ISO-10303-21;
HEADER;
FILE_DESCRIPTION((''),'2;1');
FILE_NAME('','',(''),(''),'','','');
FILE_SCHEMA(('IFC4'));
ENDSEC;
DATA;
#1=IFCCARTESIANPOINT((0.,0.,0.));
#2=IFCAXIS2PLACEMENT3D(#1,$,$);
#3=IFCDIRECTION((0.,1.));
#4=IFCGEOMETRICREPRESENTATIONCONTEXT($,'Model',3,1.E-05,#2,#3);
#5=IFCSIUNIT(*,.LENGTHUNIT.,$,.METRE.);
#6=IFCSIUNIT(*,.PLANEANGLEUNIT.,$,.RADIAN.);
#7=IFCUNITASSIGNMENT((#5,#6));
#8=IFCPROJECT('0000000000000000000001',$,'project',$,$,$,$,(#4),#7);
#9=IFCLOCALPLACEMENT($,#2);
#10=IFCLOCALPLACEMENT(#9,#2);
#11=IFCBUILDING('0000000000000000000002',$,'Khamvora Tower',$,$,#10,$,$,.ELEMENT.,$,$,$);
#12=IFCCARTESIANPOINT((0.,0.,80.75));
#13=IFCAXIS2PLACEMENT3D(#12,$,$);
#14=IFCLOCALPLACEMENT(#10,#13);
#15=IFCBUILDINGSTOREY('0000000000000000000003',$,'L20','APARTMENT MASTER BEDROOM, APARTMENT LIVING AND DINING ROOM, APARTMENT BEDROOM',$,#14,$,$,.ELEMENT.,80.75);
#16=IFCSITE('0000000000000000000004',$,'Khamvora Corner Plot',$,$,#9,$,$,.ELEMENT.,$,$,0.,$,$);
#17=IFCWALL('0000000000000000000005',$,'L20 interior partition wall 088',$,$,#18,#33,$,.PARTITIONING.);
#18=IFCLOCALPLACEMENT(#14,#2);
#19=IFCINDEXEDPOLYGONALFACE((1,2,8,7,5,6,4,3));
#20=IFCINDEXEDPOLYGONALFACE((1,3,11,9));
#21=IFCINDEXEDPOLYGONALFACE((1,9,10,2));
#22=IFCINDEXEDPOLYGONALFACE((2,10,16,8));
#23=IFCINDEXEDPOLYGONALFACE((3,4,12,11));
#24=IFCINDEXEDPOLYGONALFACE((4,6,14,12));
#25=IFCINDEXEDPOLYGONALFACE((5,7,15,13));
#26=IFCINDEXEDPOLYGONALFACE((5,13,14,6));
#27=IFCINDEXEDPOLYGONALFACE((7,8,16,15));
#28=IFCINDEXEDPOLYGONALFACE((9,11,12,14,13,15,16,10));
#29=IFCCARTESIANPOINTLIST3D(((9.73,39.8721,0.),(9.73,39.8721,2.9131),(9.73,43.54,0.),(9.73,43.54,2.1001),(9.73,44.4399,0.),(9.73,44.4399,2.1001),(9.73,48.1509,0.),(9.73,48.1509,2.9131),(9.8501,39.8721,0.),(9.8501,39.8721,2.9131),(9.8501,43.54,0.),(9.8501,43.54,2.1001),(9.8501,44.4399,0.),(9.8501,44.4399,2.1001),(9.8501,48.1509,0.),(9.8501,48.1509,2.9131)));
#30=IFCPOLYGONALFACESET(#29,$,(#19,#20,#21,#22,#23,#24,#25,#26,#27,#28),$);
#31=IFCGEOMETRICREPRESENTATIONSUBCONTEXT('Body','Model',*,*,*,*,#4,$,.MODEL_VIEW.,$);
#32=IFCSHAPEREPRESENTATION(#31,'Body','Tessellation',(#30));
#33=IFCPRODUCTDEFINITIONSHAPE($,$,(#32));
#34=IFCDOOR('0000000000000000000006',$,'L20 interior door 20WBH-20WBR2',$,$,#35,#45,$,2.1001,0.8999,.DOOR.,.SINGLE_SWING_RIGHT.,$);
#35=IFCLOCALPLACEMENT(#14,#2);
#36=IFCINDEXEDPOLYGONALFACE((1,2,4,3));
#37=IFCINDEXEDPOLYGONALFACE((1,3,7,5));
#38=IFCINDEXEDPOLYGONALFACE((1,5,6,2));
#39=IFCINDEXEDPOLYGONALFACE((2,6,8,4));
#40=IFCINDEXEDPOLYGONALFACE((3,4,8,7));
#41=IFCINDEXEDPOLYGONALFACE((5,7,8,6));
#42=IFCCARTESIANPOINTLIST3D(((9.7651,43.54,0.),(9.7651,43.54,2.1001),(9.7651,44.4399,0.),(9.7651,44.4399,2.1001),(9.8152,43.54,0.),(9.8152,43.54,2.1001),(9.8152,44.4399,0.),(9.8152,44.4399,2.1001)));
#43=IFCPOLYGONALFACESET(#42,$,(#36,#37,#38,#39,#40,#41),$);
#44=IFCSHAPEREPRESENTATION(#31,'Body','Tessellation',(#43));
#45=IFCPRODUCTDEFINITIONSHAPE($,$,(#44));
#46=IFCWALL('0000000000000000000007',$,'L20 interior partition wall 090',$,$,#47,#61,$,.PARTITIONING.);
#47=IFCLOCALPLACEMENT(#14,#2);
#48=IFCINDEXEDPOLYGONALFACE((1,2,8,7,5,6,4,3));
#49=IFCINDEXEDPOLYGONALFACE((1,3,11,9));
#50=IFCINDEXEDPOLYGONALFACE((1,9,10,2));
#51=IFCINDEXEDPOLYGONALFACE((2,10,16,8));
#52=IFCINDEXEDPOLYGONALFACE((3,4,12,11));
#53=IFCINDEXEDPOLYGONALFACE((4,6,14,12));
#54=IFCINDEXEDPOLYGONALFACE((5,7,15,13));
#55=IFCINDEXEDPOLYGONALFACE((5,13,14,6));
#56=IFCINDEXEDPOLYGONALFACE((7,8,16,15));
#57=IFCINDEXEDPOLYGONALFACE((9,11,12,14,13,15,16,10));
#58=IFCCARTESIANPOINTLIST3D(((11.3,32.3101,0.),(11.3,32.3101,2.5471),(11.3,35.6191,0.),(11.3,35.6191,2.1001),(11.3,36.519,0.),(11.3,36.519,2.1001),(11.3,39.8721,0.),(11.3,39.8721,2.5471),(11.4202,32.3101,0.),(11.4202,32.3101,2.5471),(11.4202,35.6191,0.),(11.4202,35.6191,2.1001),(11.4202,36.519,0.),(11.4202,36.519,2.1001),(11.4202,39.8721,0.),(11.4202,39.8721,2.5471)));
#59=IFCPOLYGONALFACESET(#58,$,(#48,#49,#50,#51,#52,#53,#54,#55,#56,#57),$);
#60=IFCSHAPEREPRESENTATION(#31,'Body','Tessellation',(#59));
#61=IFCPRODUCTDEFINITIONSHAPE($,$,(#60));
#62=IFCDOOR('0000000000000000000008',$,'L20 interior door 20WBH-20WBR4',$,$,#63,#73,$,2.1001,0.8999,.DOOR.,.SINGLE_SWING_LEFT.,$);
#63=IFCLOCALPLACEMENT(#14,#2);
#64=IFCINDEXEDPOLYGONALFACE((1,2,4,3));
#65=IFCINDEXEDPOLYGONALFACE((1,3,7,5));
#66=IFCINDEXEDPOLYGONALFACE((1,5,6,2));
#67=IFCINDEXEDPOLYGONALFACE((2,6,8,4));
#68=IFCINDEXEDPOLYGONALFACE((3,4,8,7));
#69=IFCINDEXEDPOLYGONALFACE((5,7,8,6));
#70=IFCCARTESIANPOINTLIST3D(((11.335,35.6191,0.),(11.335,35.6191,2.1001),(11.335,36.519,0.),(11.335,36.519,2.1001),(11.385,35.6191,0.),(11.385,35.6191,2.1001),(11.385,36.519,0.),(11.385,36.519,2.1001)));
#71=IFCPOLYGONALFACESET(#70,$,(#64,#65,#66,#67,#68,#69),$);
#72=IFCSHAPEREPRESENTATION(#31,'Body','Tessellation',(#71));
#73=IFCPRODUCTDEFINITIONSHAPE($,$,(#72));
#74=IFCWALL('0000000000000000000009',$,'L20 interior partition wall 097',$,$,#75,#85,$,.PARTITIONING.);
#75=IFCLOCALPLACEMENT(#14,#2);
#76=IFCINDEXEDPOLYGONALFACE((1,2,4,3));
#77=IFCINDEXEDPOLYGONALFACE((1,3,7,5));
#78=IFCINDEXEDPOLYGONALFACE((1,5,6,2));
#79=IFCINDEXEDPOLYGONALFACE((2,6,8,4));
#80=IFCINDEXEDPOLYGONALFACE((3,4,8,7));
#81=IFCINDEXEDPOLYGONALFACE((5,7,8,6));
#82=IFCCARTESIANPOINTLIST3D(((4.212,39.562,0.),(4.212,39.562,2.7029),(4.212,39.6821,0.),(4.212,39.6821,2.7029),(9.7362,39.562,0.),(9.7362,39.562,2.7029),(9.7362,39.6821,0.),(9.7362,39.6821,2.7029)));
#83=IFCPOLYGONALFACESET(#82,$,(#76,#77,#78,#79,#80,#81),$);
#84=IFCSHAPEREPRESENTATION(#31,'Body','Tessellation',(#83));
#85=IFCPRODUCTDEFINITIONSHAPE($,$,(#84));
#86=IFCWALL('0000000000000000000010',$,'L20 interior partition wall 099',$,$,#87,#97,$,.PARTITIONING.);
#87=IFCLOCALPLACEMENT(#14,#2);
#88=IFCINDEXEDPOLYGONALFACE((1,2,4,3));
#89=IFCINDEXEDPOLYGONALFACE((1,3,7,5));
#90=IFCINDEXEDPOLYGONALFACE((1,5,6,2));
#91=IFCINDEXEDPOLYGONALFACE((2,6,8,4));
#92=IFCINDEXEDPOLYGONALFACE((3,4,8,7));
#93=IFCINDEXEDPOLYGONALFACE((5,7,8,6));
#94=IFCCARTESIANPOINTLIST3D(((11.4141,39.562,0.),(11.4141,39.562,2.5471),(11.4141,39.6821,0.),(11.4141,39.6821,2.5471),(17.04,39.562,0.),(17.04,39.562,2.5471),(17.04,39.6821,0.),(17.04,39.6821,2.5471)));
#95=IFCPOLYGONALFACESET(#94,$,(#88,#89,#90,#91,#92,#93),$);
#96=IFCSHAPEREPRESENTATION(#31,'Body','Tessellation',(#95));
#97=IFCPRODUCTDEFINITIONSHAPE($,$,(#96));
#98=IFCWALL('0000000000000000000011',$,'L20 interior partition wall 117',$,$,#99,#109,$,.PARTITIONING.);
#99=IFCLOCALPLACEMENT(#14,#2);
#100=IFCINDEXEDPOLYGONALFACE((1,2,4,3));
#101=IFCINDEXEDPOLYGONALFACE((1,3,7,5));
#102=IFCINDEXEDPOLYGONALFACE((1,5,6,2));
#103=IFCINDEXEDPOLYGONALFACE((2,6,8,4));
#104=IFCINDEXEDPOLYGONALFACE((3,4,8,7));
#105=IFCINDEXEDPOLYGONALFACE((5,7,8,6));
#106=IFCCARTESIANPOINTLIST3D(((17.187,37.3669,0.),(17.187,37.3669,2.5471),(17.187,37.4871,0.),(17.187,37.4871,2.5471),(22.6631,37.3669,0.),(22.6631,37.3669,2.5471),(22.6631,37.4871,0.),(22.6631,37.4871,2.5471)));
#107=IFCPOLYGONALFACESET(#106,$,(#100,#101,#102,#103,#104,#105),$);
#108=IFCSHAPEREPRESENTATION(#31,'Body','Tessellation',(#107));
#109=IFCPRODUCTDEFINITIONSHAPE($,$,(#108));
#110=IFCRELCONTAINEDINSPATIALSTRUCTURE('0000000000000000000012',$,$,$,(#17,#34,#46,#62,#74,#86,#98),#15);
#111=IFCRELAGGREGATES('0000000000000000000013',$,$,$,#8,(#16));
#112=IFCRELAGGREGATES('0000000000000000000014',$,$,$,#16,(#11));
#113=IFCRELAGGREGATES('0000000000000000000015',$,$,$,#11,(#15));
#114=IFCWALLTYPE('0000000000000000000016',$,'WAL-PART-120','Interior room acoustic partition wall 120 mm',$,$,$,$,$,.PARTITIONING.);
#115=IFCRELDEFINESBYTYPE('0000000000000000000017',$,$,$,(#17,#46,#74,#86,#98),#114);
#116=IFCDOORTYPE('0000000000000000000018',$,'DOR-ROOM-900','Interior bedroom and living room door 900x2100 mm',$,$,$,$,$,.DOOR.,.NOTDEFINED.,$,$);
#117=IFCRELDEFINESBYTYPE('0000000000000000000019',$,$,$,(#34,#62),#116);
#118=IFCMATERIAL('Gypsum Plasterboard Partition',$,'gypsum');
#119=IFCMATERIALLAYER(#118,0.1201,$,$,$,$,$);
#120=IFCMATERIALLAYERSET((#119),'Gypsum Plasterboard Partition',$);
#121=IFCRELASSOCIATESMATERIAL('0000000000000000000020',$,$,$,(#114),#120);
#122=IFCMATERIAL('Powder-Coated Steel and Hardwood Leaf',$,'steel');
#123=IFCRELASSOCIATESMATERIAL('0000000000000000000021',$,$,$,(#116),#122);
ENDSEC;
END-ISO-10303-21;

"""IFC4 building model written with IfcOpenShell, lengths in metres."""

from ifc_helpers import new_model, si_unit, direction, frame, frame_2d, origin, place, context, subcontext, project, spatial, rectangle, extrude, material, layer, layer_set, type_object, element, fill, save


model = new_model("IFC4")

# Units and contexts
model_context = context("Model", 3, precision=1e-05, world=origin(), true_north=direction((0.0, 1.0)))
body_context = subcontext(model_context, "Body", "Model", "MODEL_VIEW")
ifc_project = project(units=[si_unit("LENGTHUNIT", "METRE"), si_unit("PLANEANGLEUNIT", "RADIAN")], contexts=[model_context])

# Site, building, storey
site_placement = place(None, origin())
site = spatial("IfcSite", under=ifc_project, at=site_placement, Name="Khamvora Corner Plot", CompositionType="ELEMENT", RefElevation=0.0)
building_placement = place(site_placement, origin())
building = spatial("IfcBuilding", under=site, at=building_placement, Name="Khamvora Tower", CompositionType="ELEMENT")
storey_placement = place(building_placement, frame((0.0, 0.0, 80.75)))
storey = spatial("IfcBuildingStorey", under=building, at=storey_placement, Name="L20", Description="APARTMENT MASTER BEDROOM, APARTMENT LIVING AND DINING ROOM, APARTMENT BEDROOM", CompositionType="ELEMENT", Elevation=80.75)

# Walls, openings, doors
ifc_material_1 = material(Name="Gypsum Plasterboard Partition", Category="gypsum")
ifc_layer_1 = layer(ifc_material_1, 0.1201)
ifc_layer_set_1 = layer_set([ifc_layer_1], Name="Gypsum Plasterboard Partition")
wall_type_1 = type_object("IfcWallType", Name="WAL-PART-120", Description="Interior room acoustic partition wall 120 mm", PredefinedType="PARTITIONING", material=ifc_layer_set_1)
wall_1_placement = place(storey_placement, frame((9.79, 39.8721, 0.0), z_axis=(0.0, 0.0, 1.0), x_axis=(0.0, 1.0, 0.0)))
wall_1 = element("IfcWall", 1, at=wall_1_placement, inside=storey, type_object=wall_type_1, Name="L20 interior partition wall 088", PredefinedType="PARTITIONING", context=body_context, shape_type="SweptSolid", body=[
    extrude(rectangle(XDim=8.2788, YDim=0.1201, at=frame_2d((4.1394, 0.0))), origin(), (0.0, 0.0, 1.0), 2.9131),
])
opening_1_placement = place(wall_1_placement, frame((3.668, 0.0, 0.0)))
opening_1 = element("IfcOpeningElement", 2, at=opening_1_placement, cuts=wall_1, PredefinedType="OPENING", context=body_context, shape_type="SweptSolid", body=[
    extrude(rectangle(XDim=0.8999, YDim=2.1001, at=frame_2d((0.45, 1.05))), frame((0.0, 0.0701, 0.0), z_axis=(0.0, -1.0, 0.0), x_axis=(1.0, 0.0, 0.0)), (0.0, 0.0, 1.0), 0.1401),
])
ifc_material_2 = material(Name="Powder-Coated Steel and Hardwood Leaf", Category="steel")
door_type = type_object("IfcDoorType", Name="DOR-ROOM-900", Description="Interior bedroom and living room door 900x2100 mm", OperationType="NOTDEFINED", PredefinedType="DOOR", material=ifc_material_2)
door_1_placement = place(opening_1_placement, origin())
door_1 = element("IfcDoor", 3, at=door_1_placement, inside=storey, type_object=door_type, Name="L20 interior door 20WBH-20WBR2", OperationType="SINGLE_SWING_RIGHT", OverallHeight=2.1001, OverallWidth=0.8999, PredefinedType="DOOR", context=body_context, shape_type="SweptSolid", body=[
    extrude(rectangle(XDim=0.8999, YDim=2.1001, at=frame_2d((0.45, 1.05))), frame((0.0, 0.0249, 0.0), z_axis=(0.0, -1.0, 0.0), x_axis=(1.0, 0.0, 0.0)), (0.0, 0.0, 1.0), 0.05),
])
fill(opening_1, door_1)
wall_2_placement = place(storey_placement, frame((11.3601, 39.8721, 0.0), z_axis=(0.0, 0.0, 1.0), x_axis=(0.0, -1.0, 0.0)))
wall_2 = element("IfcWall", 4, at=wall_2_placement, inside=storey, type_object=wall_type_1, Name="L20 interior partition wall 090", PredefinedType="PARTITIONING", context=body_context, shape_type="SweptSolid", body=[
    extrude(rectangle(XDim=7.562, YDim=0.1201, at=frame_2d((3.781, 0.0))), origin(), (0.0, 0.0, 1.0), 2.5471),
])
opening_2_placement = place(wall_2_placement, frame((3.353, 0.0, 0.0)))
opening_2 = element("IfcOpeningElement", 5, at=opening_2_placement, cuts=wall_2, PredefinedType="OPENING", context=body_context, shape_type="SweptSolid", body=[
    extrude(rectangle(XDim=0.8999, YDim=2.1001, at=frame_2d((0.45, 1.05))), frame((0.0, 0.0701, 0.0), z_axis=(0.0, -1.0, 0.0), x_axis=(1.0, 0.0, 0.0)), (0.0, 0.0, 1.0), 0.1401),
])
door_2_placement = place(opening_2_placement, origin())
door_2 = element("IfcDoor", 6, at=door_2_placement, inside=storey, type_object=door_type, Name="L20 interior door 20WBH-20WBR4", OperationType="SINGLE_SWING_LEFT", OverallHeight=2.1001, OverallWidth=0.8999, PredefinedType="DOOR", context=body_context, shape_type="SweptSolid", body=[
    extrude(rectangle(XDim=0.8999, YDim=2.1001, at=frame_2d((0.45, 1.05))), frame((0.0, 0.0249, 0.0), z_axis=(0.0, -1.0, 0.0), x_axis=(1.0, 0.0, 0.0)), (0.0, 0.0, 1.0), 0.05),
])
fill(opening_2, door_2)

# Walls
wall_3_placement = place(storey_placement, frame((4.2119, 39.6221, 0.0), z_axis=(0.0, 0.0, 1.0), x_axis=(1.0, 0.0, 0.0)))
element("IfcWall", 7, at=wall_3_placement, inside=storey, type_object=wall_type_1, Name="L20 interior partition wall 097", PredefinedType="PARTITIONING", context=body_context, shape_type="SweptSolid", body=[
    extrude(rectangle(XDim=5.5242, YDim=0.1201, at=frame_2d((2.7622, 0.0))), origin(), (0.0, 0.0, 1.0), 2.7029),
])
wall_4_placement = place(storey_placement, frame((11.4141, 39.6221, 0.0), z_axis=(0.0, 0.0, 1.0), x_axis=(1.0, 0.0, 0.0)))
element("IfcWall", 8, at=wall_4_placement, inside=storey, type_object=wall_type_1, Name="L20 interior partition wall 099", PredefinedType="PARTITIONING", context=body_context, shape_type="SweptSolid", body=[
    extrude(rectangle(XDim=5.626, YDim=0.1201, at=frame_2d((2.813, 0.0))), origin(), (0.0, 0.0, 1.0), 2.5471),
])
wall_5_placement = place(storey_placement, frame((17.187, 37.427, 0.0), z_axis=(0.0, 0.0, 1.0), x_axis=(1.0, 0.0, 0.0)))
element("IfcWall", 9, at=wall_5_placement, inside=storey, type_object=wall_type_1, Name="L20 interior partition wall 117", PredefinedType="PARTITIONING", context=body_context, shape_type="SweptSolid", body=[
    extrude(rectangle(XDim=5.4761, YDim=0.1201, at=frame_2d((2.738, 0.0))), origin(), (0.0, 0.0, 1.0), 2.5471),
])

save(model, "model.ifc")
